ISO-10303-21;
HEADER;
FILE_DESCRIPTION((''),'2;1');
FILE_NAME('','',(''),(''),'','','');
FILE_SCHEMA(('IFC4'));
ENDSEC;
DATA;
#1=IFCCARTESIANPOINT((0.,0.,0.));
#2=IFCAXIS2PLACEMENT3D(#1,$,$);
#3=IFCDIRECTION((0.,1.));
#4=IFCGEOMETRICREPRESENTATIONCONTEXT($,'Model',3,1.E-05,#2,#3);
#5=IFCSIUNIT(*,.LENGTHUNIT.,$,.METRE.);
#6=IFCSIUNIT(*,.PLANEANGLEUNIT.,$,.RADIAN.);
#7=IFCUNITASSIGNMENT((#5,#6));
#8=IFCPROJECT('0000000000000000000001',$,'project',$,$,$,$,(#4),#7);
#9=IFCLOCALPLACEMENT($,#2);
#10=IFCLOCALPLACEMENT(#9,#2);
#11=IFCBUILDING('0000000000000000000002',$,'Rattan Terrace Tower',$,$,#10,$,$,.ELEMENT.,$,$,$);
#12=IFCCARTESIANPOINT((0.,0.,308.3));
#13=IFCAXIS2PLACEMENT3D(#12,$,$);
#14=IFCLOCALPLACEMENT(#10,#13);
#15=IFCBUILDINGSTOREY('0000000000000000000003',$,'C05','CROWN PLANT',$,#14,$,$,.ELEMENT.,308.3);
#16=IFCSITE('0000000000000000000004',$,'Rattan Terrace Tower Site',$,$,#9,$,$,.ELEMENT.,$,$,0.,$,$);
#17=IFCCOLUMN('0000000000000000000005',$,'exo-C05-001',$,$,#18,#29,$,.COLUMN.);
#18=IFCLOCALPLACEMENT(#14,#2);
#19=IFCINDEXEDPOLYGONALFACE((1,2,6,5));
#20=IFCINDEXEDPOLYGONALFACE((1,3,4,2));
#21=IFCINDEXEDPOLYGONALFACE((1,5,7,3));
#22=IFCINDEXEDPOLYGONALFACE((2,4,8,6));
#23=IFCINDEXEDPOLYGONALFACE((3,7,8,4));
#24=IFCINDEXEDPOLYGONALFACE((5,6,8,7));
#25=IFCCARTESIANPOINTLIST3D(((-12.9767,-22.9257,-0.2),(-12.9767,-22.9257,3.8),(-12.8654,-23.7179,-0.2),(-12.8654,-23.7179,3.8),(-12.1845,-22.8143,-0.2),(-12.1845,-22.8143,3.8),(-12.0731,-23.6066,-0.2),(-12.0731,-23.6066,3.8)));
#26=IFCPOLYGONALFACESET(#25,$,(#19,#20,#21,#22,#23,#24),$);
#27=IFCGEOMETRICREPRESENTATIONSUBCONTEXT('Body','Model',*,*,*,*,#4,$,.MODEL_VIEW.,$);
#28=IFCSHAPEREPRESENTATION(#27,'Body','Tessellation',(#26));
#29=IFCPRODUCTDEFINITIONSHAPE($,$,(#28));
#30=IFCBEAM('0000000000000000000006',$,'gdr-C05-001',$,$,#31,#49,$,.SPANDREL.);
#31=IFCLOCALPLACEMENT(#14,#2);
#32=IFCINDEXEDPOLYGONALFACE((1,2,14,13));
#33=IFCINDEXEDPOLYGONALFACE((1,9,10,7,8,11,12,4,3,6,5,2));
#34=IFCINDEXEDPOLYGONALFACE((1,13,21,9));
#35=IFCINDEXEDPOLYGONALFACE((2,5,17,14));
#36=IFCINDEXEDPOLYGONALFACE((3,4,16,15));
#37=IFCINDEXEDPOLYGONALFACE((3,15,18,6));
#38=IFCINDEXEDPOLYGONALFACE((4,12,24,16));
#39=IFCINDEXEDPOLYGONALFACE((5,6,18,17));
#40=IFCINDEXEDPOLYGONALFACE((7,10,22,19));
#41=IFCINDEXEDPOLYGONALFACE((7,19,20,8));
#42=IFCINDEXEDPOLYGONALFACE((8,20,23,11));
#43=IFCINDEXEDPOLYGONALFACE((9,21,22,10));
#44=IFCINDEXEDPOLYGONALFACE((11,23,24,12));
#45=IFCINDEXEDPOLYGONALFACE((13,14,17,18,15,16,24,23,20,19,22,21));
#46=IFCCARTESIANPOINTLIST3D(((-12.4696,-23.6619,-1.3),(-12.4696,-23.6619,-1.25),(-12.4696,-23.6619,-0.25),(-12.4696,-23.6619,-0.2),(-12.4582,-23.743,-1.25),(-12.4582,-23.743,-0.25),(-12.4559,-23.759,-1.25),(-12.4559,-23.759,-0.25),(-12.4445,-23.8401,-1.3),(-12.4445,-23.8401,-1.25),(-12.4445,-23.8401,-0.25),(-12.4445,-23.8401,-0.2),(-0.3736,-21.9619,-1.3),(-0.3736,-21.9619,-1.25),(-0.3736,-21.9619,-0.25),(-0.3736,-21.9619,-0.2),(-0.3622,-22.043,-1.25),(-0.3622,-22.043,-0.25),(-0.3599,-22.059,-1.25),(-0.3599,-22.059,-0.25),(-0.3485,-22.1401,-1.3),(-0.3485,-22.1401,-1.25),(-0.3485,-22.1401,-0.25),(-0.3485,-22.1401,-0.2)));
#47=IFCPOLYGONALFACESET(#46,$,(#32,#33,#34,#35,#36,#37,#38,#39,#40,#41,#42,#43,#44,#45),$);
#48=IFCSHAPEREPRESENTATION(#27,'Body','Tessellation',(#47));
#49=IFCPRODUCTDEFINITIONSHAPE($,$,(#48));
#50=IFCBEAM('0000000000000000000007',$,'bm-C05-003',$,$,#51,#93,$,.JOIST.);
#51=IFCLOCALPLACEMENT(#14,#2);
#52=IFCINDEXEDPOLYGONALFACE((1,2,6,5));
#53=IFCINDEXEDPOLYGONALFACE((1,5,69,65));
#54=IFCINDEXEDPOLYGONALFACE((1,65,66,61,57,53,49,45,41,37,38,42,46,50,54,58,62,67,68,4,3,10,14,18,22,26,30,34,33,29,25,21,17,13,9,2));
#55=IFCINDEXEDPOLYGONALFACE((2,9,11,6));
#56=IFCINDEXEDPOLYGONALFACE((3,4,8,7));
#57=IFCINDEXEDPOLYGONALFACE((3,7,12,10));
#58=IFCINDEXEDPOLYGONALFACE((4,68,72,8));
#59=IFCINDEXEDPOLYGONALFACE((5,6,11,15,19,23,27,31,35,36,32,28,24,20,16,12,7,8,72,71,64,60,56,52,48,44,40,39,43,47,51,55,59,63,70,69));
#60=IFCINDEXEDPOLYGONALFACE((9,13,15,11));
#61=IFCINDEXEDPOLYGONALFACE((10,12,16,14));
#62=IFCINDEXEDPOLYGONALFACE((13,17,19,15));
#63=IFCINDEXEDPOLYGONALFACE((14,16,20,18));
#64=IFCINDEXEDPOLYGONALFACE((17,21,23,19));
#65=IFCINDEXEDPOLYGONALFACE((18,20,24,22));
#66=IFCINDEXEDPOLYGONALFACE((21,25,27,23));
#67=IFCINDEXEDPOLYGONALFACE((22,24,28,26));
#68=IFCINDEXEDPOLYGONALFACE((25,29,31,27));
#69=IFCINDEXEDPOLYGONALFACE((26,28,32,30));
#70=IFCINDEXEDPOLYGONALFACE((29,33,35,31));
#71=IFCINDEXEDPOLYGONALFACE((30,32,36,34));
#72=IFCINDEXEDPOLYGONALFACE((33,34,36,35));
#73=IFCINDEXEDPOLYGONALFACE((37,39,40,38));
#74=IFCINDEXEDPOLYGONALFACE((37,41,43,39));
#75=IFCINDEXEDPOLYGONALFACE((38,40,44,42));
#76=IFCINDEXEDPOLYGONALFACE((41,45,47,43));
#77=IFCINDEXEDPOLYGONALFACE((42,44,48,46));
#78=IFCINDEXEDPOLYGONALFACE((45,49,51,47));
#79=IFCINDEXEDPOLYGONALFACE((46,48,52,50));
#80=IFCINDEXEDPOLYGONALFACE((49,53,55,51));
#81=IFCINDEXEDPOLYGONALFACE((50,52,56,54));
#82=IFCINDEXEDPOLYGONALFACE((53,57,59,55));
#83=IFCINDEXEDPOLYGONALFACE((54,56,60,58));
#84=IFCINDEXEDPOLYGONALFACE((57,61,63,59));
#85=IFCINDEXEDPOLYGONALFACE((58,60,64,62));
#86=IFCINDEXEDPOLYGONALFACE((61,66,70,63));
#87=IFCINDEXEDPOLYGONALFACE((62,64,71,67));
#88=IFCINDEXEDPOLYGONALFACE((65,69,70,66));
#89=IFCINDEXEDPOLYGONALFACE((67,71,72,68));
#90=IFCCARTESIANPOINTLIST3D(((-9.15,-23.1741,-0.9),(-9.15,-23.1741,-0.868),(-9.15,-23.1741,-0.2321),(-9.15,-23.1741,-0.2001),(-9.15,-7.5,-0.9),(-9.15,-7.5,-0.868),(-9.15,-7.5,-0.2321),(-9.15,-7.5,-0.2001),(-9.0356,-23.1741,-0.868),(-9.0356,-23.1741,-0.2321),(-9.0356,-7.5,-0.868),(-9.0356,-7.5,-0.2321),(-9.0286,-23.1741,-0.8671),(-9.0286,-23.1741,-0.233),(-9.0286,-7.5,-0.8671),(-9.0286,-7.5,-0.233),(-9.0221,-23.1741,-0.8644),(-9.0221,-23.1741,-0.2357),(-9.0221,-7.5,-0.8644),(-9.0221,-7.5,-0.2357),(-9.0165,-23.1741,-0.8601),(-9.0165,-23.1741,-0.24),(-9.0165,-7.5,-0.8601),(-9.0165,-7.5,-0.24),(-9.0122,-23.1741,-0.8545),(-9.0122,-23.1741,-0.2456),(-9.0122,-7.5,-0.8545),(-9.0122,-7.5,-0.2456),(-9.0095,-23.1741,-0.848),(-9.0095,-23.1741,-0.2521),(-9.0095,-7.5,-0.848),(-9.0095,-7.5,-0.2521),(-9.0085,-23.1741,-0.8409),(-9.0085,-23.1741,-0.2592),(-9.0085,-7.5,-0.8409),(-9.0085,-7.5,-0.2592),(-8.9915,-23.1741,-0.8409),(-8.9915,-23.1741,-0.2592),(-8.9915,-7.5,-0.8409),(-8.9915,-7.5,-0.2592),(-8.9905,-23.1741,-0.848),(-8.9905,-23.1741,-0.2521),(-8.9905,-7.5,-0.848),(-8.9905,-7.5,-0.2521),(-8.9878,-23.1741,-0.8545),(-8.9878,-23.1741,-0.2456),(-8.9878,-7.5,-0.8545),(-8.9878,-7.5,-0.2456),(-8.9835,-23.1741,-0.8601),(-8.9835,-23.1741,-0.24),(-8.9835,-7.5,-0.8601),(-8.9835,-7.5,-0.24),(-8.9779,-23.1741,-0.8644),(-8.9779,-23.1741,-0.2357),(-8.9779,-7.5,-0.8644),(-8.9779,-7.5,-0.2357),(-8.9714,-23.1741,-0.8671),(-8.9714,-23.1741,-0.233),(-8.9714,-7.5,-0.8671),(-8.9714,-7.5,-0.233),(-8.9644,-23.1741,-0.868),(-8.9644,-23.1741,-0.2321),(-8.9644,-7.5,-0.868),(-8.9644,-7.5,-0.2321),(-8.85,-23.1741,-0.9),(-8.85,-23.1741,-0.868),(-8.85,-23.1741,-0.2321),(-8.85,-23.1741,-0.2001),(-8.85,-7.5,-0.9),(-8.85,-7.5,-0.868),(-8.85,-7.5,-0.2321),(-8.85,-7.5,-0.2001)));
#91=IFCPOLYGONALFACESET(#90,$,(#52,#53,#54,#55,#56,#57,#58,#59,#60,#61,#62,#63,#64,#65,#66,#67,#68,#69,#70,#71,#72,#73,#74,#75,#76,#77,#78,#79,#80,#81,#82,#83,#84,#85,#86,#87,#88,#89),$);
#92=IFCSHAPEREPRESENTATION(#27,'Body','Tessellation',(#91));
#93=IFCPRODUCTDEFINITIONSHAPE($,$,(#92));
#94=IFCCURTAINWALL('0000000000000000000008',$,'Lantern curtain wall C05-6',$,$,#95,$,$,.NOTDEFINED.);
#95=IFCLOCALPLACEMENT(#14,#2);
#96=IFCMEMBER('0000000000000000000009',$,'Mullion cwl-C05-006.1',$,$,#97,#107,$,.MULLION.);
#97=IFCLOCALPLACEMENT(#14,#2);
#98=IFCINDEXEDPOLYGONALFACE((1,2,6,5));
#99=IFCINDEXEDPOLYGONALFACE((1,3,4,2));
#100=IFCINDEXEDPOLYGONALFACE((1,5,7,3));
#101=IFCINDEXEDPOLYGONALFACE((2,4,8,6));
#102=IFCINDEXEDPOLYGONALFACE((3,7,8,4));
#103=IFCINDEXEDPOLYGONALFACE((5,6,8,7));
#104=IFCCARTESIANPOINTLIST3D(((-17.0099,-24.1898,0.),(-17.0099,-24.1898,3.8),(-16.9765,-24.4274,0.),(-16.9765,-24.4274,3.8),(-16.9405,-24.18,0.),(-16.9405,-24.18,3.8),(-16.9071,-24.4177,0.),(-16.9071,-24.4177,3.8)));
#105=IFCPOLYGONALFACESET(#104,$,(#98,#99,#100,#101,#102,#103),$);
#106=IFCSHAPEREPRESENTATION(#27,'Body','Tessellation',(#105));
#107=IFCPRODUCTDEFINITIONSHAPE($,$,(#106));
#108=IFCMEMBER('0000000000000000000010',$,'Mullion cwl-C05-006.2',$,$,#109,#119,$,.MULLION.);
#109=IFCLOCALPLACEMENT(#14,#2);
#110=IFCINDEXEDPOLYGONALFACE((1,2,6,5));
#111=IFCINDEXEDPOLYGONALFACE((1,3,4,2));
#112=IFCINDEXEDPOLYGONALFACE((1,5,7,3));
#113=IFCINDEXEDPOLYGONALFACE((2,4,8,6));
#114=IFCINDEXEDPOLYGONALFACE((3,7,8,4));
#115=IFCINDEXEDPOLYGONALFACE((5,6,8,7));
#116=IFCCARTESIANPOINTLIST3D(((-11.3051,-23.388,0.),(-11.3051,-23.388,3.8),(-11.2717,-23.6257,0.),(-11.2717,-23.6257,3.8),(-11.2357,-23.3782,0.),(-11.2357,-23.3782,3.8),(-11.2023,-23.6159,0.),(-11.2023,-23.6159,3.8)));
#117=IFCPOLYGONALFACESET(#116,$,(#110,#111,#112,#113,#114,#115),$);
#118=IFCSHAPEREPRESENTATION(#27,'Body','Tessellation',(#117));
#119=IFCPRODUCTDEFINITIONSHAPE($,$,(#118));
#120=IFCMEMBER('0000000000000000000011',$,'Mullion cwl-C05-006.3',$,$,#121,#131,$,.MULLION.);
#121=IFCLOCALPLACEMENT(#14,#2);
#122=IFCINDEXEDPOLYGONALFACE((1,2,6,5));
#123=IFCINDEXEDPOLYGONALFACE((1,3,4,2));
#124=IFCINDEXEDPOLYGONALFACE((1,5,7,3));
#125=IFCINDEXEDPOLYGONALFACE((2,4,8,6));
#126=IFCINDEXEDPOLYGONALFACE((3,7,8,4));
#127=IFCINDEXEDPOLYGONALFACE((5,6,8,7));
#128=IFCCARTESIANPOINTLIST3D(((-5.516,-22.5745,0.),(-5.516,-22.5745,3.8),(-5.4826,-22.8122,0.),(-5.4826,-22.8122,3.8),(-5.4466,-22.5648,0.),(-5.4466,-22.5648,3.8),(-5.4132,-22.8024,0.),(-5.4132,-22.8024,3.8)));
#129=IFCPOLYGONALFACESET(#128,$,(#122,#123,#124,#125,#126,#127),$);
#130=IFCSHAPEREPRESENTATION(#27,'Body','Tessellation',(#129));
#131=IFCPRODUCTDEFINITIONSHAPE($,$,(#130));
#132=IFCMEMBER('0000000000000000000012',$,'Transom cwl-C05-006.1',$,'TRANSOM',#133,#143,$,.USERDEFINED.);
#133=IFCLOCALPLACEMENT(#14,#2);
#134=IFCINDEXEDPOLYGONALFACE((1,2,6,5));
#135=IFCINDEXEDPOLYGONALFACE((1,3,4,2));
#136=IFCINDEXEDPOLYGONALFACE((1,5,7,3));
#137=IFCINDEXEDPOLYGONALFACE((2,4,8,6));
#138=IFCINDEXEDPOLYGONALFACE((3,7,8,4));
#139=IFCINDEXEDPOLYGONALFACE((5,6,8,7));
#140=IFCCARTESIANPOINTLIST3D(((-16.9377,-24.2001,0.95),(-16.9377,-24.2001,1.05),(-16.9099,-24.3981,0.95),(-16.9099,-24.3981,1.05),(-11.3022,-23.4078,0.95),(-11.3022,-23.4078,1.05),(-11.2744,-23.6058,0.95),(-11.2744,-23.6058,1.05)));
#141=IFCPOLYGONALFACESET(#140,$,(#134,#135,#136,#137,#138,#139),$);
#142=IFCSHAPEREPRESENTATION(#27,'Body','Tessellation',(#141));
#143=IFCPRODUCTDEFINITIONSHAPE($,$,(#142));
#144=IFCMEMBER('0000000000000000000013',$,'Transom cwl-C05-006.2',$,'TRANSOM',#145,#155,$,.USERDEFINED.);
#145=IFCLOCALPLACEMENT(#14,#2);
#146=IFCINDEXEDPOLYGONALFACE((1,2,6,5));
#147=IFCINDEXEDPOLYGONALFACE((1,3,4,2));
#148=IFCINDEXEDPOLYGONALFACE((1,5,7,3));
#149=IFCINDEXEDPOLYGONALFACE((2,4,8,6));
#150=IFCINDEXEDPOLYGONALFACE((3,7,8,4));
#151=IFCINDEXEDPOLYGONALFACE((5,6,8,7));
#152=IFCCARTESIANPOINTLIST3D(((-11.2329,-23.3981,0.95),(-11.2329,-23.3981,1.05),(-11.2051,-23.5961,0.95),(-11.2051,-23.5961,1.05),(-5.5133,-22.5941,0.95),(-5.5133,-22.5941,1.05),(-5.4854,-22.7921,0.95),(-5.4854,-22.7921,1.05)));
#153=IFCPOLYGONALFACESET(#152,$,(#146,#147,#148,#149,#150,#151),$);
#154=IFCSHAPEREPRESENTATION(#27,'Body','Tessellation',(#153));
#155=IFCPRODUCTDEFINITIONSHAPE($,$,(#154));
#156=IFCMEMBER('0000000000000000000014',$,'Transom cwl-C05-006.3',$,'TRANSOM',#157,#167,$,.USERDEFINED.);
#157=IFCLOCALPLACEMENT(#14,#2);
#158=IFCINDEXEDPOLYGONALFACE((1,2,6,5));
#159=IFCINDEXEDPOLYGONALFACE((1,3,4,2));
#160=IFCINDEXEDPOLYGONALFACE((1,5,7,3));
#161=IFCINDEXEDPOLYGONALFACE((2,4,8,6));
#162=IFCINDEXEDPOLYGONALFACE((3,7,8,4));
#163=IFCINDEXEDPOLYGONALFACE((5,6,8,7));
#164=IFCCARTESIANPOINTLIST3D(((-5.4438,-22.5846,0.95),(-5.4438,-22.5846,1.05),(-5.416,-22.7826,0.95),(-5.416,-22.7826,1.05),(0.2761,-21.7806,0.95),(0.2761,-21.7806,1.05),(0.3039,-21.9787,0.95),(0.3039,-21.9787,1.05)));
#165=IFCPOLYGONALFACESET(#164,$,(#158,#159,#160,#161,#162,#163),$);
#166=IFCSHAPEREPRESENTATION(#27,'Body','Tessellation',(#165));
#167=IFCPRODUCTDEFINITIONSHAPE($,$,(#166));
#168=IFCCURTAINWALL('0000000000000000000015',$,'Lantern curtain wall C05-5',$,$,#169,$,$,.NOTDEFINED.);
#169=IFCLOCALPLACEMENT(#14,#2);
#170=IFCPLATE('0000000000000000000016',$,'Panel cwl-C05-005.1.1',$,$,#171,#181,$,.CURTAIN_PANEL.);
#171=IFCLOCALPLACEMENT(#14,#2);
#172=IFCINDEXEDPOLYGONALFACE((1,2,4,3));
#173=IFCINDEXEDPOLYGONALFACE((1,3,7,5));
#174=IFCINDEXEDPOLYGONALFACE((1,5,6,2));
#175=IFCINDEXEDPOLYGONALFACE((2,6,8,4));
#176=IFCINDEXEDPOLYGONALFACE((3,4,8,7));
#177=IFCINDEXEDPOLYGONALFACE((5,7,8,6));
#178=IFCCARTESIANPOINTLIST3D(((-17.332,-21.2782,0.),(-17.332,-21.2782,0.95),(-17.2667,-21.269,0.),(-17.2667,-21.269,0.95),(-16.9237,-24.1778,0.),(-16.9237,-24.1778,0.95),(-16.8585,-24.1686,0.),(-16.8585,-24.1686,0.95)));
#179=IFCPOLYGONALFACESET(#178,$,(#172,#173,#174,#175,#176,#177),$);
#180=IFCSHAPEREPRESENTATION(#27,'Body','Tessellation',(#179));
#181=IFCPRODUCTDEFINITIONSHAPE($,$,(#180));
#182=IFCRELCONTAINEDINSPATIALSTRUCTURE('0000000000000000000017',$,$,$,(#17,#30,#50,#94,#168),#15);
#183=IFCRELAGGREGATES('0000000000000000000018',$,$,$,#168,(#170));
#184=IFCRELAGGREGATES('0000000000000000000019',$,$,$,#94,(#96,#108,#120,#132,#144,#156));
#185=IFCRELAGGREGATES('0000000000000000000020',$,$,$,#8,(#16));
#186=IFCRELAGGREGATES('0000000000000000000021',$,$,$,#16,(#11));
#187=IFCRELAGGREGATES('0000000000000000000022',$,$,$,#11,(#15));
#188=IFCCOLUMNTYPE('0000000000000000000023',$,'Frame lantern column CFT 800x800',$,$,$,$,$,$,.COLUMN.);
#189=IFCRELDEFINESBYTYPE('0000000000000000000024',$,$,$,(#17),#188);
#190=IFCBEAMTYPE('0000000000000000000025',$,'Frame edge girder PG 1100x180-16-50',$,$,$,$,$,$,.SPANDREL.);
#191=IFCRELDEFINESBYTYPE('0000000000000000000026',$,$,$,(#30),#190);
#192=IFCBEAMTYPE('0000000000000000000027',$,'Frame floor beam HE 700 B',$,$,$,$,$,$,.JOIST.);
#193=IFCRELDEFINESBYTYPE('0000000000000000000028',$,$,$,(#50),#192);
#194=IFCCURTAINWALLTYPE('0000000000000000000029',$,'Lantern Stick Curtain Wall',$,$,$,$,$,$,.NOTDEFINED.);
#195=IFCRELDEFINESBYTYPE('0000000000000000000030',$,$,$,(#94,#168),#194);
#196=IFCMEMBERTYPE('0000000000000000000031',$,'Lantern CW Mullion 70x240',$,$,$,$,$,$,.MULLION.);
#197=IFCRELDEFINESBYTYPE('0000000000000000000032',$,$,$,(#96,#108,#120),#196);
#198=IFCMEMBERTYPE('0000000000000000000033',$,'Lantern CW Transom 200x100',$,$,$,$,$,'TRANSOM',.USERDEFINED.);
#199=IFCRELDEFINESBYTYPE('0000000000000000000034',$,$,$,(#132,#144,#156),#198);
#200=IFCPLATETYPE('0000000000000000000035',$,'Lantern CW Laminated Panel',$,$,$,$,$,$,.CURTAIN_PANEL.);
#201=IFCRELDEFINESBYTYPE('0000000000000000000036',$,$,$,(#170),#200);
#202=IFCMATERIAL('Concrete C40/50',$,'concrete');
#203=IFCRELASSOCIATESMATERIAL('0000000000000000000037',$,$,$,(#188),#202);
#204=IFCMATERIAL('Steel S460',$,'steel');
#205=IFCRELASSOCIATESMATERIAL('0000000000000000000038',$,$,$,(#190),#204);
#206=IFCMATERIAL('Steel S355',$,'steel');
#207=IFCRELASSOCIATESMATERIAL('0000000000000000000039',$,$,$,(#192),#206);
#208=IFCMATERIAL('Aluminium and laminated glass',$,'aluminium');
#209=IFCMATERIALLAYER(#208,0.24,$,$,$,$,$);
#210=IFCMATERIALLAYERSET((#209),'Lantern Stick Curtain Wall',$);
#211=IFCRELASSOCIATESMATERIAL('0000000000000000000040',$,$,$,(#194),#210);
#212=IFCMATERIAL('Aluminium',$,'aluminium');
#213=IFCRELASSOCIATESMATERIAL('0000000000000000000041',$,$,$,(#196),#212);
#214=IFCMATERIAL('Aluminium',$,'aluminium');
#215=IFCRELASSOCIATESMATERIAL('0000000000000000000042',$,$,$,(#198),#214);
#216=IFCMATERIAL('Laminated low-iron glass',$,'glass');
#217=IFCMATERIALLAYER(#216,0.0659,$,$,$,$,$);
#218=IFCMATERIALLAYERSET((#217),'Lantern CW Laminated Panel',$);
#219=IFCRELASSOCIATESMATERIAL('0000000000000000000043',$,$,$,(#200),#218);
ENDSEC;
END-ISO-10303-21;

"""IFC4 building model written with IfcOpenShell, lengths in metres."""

from ifc_helpers import new_model, si_unit, direction, frame, origin, origin_2d, place, context, subcontext, project, spatial, rectangle, i_section, extrude, material, layer, layer_set, material_profile, profile_set, type_object, element, aggregate, save


model = new_model("IFC4")

# Units and contexts
model_context = context("Model", 3, precision=1e-05, world=origin(), true_north=direction((0.0, 1.0)))
body_context = subcontext(model_context, "Body", "Model", "MODEL_VIEW")
ifc_project = project(units=[si_unit("LENGTHUNIT", "METRE"), si_unit("PLANEANGLEUNIT", "RADIAN")], contexts=[model_context])

# Site, building, storey
site_placement = place(None, origin())
site = spatial("IfcSite", under=ifc_project, at=site_placement, Name="Rattan Terrace Tower Site", CompositionType="ELEMENT", RefElevation=0.0)
building_placement = place(site_placement, origin())
building = spatial("IfcBuilding", under=site, at=building_placement, Name="Rattan Terrace Tower", CompositionType="ELEMENT")
storey_placement = place(building_placement, frame((0.0, 0.0, 308.3)))
storey = spatial("IfcBuildingStorey", under=building, at=storey_placement, Name="C05", Description="CROWN PLANT", CompositionType="ELEMENT", Elevation=308.3)

# Column
ifc_material_1 = material(Name="Concrete C40/50", Category="concrete")
ifc_material_profile_1 = material_profile(ifc_material_1, rectangle(XDim=0.8, YDim=0.8, at=origin_2d()), Name="CFT 800x800")
ifc_profile_set_1 = profile_set([ifc_material_profile_1], Name="Concrete C40/50")
column_type = type_object("IfcColumnType", Name="Frame lantern column CFT 800x800", PredefinedType="COLUMN", material=ifc_profile_set_1)
column_placement = place(storey_placement, frame((-12.5249, -23.2661, -0.2), z_axis=(0.0, 0.0, 1.0), x_axis=(0.990266, 0.13919, 0.0)))
element("IfcColumn", 1, at=column_placement, inside=storey, type_object=column_type, Name="exo-C05-001", PredefinedType="COLUMN", context=body_context, shape_type="SweptSolid", body=[
    extrude(rectangle(XDim=0.8, YDim=0.8, at=origin_2d()), origin(), (0.0, 0.0, 1.0), 4.0),
])

# Beams
ifc_material_2 = material(Name="Steel S460", Category="steel")
ifc_material_profile_2 = material_profile(ifc_material_2, i_section(OverallWidth=0.1799, OverallDepth=1.1001, WebThickness=0.0161, FlangeThickness=0.05, at=origin_2d()), Name="PG 1100x180-16-50")
ifc_profile_set_2 = profile_set([ifc_material_profile_2], Name="Steel S460")
beam_type_1 = type_object("IfcBeamType", Name="Frame edge girder PG 1100x180-16-50", PredefinedType="SPANDREL", material=ifc_profile_set_2)
beam_1_placement = place(storey_placement, frame((-12.457, -23.751, -0.75), z_axis=(0.990268, 0.139171, 0.0), x_axis=(-0.139171, 0.990268, 0.0)))
element("IfcBeam", 2, at=beam_1_placement, inside=storey, type_object=beam_type_1, Name="gdr-C05-001", PredefinedType="SPANDREL", context=body_context, shape_type="SweptSolid", body=[
    extrude(i_section(OverallWidth=0.1799, OverallDepth=1.1001, WebThickness=0.0161, FlangeThickness=0.05, at=origin_2d()), origin(), (0.0, 0.0, 1.0), 12.2148),
])
ifc_material_3 = material(Name="Steel S355", Category="steel")
ifc_material_profile_3 = material_profile(ifc_material_3, i_section(OverallWidth=0.3, OverallDepth=0.7, WebThickness=0.0171, FlangeThickness=0.032, FilletRadius=0.0271, at=origin_2d()), Name="HE 700 B")
ifc_profile_set_3 = profile_set([ifc_material_profile_3], Name="Steel S355")
beam_type_2 = type_object("IfcBeamType", Name="Frame floor beam HE 700 B", PredefinedType="JOIST", material=ifc_profile_set_3)
beam_2_placement = place(storey_placement, frame((-9.0, -23.1741, -0.55), z_axis=(0.0, 1.0, 0.0), x_axis=(-1.0, 0.0, 0.0)))
element("IfcBeam", 3, at=beam_2_placement, inside=storey, type_object=beam_type_2, Name="bm-C05-003", PredefinedType="JOIST", context=body_context, shape_type="SweptSolid", body=[
    extrude(i_section(OverallWidth=0.3, OverallDepth=0.7, WebThickness=0.0171, FlangeThickness=0.032, FilletRadius=0.0271, at=origin_2d()), origin(), (0.0, 0.0, 1.0), 15.6741),
])

# Curtain wall, members
ifc_material_4 = material(Name="Aluminium and laminated glass", Category="aluminium")
ifc_layer_1 = layer(ifc_material_4, 0.24)
ifc_layer_set_1 = layer_set([ifc_layer_1], Name="Lantern Stick Curtain Wall")
curtain_wall_type = type_object("IfcCurtainWallType", Name="Lantern Stick Curtain Wall", PredefinedType="NOTDEFINED", material=ifc_layer_set_1)
curtain_wall_1_placement = place(storey_placement, origin())
curtain_wall_1 = element("IfcCurtainWall", 4, at=curtain_wall_1_placement, inside=storey, type_object=curtain_wall_type, Name="Lantern curtain wall C05-6", PredefinedType="NOTDEFINED")
ifc_material_5 = material(Name="Aluminium", Category="aluminium")
ifc_material_profile_4 = material_profile(ifc_material_5, rectangle(XDim=0.0701, YDim=0.24, at=origin_2d()), Name="Aluminium 70x240")
ifc_profile_set_4 = profile_set([ifc_material_profile_4], Name="Aluminium")
member_type_1 = type_object("IfcMemberType", Name="Lantern CW Mullion 70x240", PredefinedType="MULLION", material=ifc_profile_set_4)
member_1_placement = place(storey_placement, frame((-16.9585, -24.3037, 0.0), z_axis=(0.0, 0.0, 1.0), x_axis=(0.990267, 0.139181, 0.0)))
member_1 = element("IfcMember", 5, at=member_1_placement, type_object=member_type_1, Name="Mullion cwl-C05-006.1", PredefinedType="MULLION", context=body_context, shape_type="SweptSolid", body=[
    extrude(rectangle(XDim=0.0701, YDim=0.24, at=origin_2d()), origin(), (0.0, 0.0, 1.0), 3.8),
])
member_2_placement = place(storey_placement, frame((-11.2537, -23.502, 0.0), z_axis=(0.0, 0.0, 1.0), x_axis=(0.990267, 0.139181, 0.0)))
member_2 = element("IfcMember", 6, at=member_2_placement, type_object=member_type_1, Name="Mullion cwl-C05-006.2", PredefinedType="MULLION", context=body_context, shape_type="SweptSolid", body=[
    extrude(rectangle(XDim=0.0701, YDim=0.24, at=origin_2d()), origin(), (0.0, 0.0, 1.0), 3.8),
])
member_3_placement = place(storey_placement, frame((-5.4646, -22.6885, 0.0), z_axis=(0.0, 0.0, 1.0), x_axis=(0.990267, 0.139181, 0.0)))
member_3 = element("IfcMember", 7, at=member_3_placement, type_object=member_type_1, Name="Mullion cwl-C05-006.3", PredefinedType="MULLION", context=body_context, shape_type="SweptSolid", body=[
    extrude(rectangle(XDim=0.0701, YDim=0.24, at=origin_2d()), origin(), (0.0, 0.0, 1.0), 3.8),
])
ifc_material_6 = material(Name="Aluminium", Category="aluminium")
ifc_material_profile_5 = material_profile(ifc_material_6, rectangle(XDim=0.2, YDim=0.1001, at=origin_2d()), Name="Aluminium 200x100")
ifc_profile_set_5 = profile_set([ifc_material_profile_5], Name="Aluminium")
member_type_2 = type_object("IfcMemberType", Name="Lantern CW Transom 200x100", ElementType="TRANSOM", PredefinedType="USERDEFINED", material=ifc_profile_set_5)
member_4_placement = place(storey_placement, frame((-16.9238, -24.2991, 1.0), z_axis=(0.990263, 0.139211, 0.0), x_axis=(-0.139211, 0.990263, 0.0)))
member_4 = element("IfcMember", 8, at=member_4_placement, type_object=member_type_2, Name="Transom cwl-C05-006.1", ObjectType="TRANSOM", PredefinedType="USERDEFINED", context=body_context, shape_type="SweptSolid", body=[
    extrude(rectangle(XDim=0.2, YDim=0.1001, at=origin_2d()), origin(), (0.0, 0.0, 1.0), 5.6909),
])
member_5_placement = place(storey_placement, frame((-11.219, -23.4971, 1.0), z_axis=(0.990266, 0.13919, 0.0), x_axis=(-0.13919, 0.990266, 0.0)))
member_5 = element("IfcMember", 9, at=member_5_placement, type_object=member_type_2, Name="Transom cwl-C05-006.2", ObjectType="TRANSOM", PredefinedType="USERDEFINED", context=body_context, shape_type="SweptSolid", body=[
    extrude(rectangle(XDim=0.2, YDim=0.1001, at=origin_2d()), origin(), (0.0, 0.0, 1.0), 5.7759),
])
member_6_placement = place(storey_placement, frame((-5.4299, -22.6836, 1.0), z_axis=(0.990267, 0.139184, 0.0), x_axis=(-0.139184, 0.990267, 0.0)))
member_6 = element("IfcMember", 10, at=member_6_placement, type_object=member_type_2, Name="Transom cwl-C05-006.3", ObjectType="TRANSOM", PredefinedType="USERDEFINED", context=body_context, shape_type="SweptSolid", body=[
    extrude(rectangle(XDim=0.2, YDim=0.1001, at=origin_2d()), origin(), (0.0, 0.0, 1.0), 5.7761),
])

# Curtain wall, plate
curtain_wall_2_placement = place(storey_placement, origin())
curtain_wall_2 = element("IfcCurtainWall", 11, at=curtain_wall_2_placement, inside=storey, type_object=curtain_wall_type, Name="Lantern curtain wall C05-5", PredefinedType="NOTDEFINED")
ifc_material_7 = material(Name="Laminated low-iron glass", Category="glass")
ifc_layer_2 = layer(ifc_material_7, 0.0659)
ifc_layer_set_2 = layer_set([ifc_layer_2], Name="Lantern CW Laminated Panel")
plate_type = type_object("IfcPlateType", Name="Lantern CW Laminated Panel", PredefinedType="CURTAIN_PANEL", material=ifc_layer_set_2)
plate_1_placement = place(storey_placement, frame((-17.0952, -22.7234, 0.0), z_axis=(0.0, 0.0, 1.0), x_axis=(0.139413, -0.990234, 0.0)))
plate_1 = element("IfcPlate", 12, at=plate_1_placement, type_object=plate_type, Name="Panel cwl-C05-005.1.1", PredefinedType="CURTAIN_PANEL", context=body_context, shape_type="SweptSolid", body=[
    extrude(rectangle(XDim=2.9282, YDim=0.0659, at=origin_2d()), origin(), (0.0, 0.0, 1.0), 0.95),
])
aggregate(curtain_wall_2, [plate_1])

aggregate(curtain_wall_1, [member_1, member_2, member_3, member_4, member_5, member_6])

save(model, "model.ifc")
